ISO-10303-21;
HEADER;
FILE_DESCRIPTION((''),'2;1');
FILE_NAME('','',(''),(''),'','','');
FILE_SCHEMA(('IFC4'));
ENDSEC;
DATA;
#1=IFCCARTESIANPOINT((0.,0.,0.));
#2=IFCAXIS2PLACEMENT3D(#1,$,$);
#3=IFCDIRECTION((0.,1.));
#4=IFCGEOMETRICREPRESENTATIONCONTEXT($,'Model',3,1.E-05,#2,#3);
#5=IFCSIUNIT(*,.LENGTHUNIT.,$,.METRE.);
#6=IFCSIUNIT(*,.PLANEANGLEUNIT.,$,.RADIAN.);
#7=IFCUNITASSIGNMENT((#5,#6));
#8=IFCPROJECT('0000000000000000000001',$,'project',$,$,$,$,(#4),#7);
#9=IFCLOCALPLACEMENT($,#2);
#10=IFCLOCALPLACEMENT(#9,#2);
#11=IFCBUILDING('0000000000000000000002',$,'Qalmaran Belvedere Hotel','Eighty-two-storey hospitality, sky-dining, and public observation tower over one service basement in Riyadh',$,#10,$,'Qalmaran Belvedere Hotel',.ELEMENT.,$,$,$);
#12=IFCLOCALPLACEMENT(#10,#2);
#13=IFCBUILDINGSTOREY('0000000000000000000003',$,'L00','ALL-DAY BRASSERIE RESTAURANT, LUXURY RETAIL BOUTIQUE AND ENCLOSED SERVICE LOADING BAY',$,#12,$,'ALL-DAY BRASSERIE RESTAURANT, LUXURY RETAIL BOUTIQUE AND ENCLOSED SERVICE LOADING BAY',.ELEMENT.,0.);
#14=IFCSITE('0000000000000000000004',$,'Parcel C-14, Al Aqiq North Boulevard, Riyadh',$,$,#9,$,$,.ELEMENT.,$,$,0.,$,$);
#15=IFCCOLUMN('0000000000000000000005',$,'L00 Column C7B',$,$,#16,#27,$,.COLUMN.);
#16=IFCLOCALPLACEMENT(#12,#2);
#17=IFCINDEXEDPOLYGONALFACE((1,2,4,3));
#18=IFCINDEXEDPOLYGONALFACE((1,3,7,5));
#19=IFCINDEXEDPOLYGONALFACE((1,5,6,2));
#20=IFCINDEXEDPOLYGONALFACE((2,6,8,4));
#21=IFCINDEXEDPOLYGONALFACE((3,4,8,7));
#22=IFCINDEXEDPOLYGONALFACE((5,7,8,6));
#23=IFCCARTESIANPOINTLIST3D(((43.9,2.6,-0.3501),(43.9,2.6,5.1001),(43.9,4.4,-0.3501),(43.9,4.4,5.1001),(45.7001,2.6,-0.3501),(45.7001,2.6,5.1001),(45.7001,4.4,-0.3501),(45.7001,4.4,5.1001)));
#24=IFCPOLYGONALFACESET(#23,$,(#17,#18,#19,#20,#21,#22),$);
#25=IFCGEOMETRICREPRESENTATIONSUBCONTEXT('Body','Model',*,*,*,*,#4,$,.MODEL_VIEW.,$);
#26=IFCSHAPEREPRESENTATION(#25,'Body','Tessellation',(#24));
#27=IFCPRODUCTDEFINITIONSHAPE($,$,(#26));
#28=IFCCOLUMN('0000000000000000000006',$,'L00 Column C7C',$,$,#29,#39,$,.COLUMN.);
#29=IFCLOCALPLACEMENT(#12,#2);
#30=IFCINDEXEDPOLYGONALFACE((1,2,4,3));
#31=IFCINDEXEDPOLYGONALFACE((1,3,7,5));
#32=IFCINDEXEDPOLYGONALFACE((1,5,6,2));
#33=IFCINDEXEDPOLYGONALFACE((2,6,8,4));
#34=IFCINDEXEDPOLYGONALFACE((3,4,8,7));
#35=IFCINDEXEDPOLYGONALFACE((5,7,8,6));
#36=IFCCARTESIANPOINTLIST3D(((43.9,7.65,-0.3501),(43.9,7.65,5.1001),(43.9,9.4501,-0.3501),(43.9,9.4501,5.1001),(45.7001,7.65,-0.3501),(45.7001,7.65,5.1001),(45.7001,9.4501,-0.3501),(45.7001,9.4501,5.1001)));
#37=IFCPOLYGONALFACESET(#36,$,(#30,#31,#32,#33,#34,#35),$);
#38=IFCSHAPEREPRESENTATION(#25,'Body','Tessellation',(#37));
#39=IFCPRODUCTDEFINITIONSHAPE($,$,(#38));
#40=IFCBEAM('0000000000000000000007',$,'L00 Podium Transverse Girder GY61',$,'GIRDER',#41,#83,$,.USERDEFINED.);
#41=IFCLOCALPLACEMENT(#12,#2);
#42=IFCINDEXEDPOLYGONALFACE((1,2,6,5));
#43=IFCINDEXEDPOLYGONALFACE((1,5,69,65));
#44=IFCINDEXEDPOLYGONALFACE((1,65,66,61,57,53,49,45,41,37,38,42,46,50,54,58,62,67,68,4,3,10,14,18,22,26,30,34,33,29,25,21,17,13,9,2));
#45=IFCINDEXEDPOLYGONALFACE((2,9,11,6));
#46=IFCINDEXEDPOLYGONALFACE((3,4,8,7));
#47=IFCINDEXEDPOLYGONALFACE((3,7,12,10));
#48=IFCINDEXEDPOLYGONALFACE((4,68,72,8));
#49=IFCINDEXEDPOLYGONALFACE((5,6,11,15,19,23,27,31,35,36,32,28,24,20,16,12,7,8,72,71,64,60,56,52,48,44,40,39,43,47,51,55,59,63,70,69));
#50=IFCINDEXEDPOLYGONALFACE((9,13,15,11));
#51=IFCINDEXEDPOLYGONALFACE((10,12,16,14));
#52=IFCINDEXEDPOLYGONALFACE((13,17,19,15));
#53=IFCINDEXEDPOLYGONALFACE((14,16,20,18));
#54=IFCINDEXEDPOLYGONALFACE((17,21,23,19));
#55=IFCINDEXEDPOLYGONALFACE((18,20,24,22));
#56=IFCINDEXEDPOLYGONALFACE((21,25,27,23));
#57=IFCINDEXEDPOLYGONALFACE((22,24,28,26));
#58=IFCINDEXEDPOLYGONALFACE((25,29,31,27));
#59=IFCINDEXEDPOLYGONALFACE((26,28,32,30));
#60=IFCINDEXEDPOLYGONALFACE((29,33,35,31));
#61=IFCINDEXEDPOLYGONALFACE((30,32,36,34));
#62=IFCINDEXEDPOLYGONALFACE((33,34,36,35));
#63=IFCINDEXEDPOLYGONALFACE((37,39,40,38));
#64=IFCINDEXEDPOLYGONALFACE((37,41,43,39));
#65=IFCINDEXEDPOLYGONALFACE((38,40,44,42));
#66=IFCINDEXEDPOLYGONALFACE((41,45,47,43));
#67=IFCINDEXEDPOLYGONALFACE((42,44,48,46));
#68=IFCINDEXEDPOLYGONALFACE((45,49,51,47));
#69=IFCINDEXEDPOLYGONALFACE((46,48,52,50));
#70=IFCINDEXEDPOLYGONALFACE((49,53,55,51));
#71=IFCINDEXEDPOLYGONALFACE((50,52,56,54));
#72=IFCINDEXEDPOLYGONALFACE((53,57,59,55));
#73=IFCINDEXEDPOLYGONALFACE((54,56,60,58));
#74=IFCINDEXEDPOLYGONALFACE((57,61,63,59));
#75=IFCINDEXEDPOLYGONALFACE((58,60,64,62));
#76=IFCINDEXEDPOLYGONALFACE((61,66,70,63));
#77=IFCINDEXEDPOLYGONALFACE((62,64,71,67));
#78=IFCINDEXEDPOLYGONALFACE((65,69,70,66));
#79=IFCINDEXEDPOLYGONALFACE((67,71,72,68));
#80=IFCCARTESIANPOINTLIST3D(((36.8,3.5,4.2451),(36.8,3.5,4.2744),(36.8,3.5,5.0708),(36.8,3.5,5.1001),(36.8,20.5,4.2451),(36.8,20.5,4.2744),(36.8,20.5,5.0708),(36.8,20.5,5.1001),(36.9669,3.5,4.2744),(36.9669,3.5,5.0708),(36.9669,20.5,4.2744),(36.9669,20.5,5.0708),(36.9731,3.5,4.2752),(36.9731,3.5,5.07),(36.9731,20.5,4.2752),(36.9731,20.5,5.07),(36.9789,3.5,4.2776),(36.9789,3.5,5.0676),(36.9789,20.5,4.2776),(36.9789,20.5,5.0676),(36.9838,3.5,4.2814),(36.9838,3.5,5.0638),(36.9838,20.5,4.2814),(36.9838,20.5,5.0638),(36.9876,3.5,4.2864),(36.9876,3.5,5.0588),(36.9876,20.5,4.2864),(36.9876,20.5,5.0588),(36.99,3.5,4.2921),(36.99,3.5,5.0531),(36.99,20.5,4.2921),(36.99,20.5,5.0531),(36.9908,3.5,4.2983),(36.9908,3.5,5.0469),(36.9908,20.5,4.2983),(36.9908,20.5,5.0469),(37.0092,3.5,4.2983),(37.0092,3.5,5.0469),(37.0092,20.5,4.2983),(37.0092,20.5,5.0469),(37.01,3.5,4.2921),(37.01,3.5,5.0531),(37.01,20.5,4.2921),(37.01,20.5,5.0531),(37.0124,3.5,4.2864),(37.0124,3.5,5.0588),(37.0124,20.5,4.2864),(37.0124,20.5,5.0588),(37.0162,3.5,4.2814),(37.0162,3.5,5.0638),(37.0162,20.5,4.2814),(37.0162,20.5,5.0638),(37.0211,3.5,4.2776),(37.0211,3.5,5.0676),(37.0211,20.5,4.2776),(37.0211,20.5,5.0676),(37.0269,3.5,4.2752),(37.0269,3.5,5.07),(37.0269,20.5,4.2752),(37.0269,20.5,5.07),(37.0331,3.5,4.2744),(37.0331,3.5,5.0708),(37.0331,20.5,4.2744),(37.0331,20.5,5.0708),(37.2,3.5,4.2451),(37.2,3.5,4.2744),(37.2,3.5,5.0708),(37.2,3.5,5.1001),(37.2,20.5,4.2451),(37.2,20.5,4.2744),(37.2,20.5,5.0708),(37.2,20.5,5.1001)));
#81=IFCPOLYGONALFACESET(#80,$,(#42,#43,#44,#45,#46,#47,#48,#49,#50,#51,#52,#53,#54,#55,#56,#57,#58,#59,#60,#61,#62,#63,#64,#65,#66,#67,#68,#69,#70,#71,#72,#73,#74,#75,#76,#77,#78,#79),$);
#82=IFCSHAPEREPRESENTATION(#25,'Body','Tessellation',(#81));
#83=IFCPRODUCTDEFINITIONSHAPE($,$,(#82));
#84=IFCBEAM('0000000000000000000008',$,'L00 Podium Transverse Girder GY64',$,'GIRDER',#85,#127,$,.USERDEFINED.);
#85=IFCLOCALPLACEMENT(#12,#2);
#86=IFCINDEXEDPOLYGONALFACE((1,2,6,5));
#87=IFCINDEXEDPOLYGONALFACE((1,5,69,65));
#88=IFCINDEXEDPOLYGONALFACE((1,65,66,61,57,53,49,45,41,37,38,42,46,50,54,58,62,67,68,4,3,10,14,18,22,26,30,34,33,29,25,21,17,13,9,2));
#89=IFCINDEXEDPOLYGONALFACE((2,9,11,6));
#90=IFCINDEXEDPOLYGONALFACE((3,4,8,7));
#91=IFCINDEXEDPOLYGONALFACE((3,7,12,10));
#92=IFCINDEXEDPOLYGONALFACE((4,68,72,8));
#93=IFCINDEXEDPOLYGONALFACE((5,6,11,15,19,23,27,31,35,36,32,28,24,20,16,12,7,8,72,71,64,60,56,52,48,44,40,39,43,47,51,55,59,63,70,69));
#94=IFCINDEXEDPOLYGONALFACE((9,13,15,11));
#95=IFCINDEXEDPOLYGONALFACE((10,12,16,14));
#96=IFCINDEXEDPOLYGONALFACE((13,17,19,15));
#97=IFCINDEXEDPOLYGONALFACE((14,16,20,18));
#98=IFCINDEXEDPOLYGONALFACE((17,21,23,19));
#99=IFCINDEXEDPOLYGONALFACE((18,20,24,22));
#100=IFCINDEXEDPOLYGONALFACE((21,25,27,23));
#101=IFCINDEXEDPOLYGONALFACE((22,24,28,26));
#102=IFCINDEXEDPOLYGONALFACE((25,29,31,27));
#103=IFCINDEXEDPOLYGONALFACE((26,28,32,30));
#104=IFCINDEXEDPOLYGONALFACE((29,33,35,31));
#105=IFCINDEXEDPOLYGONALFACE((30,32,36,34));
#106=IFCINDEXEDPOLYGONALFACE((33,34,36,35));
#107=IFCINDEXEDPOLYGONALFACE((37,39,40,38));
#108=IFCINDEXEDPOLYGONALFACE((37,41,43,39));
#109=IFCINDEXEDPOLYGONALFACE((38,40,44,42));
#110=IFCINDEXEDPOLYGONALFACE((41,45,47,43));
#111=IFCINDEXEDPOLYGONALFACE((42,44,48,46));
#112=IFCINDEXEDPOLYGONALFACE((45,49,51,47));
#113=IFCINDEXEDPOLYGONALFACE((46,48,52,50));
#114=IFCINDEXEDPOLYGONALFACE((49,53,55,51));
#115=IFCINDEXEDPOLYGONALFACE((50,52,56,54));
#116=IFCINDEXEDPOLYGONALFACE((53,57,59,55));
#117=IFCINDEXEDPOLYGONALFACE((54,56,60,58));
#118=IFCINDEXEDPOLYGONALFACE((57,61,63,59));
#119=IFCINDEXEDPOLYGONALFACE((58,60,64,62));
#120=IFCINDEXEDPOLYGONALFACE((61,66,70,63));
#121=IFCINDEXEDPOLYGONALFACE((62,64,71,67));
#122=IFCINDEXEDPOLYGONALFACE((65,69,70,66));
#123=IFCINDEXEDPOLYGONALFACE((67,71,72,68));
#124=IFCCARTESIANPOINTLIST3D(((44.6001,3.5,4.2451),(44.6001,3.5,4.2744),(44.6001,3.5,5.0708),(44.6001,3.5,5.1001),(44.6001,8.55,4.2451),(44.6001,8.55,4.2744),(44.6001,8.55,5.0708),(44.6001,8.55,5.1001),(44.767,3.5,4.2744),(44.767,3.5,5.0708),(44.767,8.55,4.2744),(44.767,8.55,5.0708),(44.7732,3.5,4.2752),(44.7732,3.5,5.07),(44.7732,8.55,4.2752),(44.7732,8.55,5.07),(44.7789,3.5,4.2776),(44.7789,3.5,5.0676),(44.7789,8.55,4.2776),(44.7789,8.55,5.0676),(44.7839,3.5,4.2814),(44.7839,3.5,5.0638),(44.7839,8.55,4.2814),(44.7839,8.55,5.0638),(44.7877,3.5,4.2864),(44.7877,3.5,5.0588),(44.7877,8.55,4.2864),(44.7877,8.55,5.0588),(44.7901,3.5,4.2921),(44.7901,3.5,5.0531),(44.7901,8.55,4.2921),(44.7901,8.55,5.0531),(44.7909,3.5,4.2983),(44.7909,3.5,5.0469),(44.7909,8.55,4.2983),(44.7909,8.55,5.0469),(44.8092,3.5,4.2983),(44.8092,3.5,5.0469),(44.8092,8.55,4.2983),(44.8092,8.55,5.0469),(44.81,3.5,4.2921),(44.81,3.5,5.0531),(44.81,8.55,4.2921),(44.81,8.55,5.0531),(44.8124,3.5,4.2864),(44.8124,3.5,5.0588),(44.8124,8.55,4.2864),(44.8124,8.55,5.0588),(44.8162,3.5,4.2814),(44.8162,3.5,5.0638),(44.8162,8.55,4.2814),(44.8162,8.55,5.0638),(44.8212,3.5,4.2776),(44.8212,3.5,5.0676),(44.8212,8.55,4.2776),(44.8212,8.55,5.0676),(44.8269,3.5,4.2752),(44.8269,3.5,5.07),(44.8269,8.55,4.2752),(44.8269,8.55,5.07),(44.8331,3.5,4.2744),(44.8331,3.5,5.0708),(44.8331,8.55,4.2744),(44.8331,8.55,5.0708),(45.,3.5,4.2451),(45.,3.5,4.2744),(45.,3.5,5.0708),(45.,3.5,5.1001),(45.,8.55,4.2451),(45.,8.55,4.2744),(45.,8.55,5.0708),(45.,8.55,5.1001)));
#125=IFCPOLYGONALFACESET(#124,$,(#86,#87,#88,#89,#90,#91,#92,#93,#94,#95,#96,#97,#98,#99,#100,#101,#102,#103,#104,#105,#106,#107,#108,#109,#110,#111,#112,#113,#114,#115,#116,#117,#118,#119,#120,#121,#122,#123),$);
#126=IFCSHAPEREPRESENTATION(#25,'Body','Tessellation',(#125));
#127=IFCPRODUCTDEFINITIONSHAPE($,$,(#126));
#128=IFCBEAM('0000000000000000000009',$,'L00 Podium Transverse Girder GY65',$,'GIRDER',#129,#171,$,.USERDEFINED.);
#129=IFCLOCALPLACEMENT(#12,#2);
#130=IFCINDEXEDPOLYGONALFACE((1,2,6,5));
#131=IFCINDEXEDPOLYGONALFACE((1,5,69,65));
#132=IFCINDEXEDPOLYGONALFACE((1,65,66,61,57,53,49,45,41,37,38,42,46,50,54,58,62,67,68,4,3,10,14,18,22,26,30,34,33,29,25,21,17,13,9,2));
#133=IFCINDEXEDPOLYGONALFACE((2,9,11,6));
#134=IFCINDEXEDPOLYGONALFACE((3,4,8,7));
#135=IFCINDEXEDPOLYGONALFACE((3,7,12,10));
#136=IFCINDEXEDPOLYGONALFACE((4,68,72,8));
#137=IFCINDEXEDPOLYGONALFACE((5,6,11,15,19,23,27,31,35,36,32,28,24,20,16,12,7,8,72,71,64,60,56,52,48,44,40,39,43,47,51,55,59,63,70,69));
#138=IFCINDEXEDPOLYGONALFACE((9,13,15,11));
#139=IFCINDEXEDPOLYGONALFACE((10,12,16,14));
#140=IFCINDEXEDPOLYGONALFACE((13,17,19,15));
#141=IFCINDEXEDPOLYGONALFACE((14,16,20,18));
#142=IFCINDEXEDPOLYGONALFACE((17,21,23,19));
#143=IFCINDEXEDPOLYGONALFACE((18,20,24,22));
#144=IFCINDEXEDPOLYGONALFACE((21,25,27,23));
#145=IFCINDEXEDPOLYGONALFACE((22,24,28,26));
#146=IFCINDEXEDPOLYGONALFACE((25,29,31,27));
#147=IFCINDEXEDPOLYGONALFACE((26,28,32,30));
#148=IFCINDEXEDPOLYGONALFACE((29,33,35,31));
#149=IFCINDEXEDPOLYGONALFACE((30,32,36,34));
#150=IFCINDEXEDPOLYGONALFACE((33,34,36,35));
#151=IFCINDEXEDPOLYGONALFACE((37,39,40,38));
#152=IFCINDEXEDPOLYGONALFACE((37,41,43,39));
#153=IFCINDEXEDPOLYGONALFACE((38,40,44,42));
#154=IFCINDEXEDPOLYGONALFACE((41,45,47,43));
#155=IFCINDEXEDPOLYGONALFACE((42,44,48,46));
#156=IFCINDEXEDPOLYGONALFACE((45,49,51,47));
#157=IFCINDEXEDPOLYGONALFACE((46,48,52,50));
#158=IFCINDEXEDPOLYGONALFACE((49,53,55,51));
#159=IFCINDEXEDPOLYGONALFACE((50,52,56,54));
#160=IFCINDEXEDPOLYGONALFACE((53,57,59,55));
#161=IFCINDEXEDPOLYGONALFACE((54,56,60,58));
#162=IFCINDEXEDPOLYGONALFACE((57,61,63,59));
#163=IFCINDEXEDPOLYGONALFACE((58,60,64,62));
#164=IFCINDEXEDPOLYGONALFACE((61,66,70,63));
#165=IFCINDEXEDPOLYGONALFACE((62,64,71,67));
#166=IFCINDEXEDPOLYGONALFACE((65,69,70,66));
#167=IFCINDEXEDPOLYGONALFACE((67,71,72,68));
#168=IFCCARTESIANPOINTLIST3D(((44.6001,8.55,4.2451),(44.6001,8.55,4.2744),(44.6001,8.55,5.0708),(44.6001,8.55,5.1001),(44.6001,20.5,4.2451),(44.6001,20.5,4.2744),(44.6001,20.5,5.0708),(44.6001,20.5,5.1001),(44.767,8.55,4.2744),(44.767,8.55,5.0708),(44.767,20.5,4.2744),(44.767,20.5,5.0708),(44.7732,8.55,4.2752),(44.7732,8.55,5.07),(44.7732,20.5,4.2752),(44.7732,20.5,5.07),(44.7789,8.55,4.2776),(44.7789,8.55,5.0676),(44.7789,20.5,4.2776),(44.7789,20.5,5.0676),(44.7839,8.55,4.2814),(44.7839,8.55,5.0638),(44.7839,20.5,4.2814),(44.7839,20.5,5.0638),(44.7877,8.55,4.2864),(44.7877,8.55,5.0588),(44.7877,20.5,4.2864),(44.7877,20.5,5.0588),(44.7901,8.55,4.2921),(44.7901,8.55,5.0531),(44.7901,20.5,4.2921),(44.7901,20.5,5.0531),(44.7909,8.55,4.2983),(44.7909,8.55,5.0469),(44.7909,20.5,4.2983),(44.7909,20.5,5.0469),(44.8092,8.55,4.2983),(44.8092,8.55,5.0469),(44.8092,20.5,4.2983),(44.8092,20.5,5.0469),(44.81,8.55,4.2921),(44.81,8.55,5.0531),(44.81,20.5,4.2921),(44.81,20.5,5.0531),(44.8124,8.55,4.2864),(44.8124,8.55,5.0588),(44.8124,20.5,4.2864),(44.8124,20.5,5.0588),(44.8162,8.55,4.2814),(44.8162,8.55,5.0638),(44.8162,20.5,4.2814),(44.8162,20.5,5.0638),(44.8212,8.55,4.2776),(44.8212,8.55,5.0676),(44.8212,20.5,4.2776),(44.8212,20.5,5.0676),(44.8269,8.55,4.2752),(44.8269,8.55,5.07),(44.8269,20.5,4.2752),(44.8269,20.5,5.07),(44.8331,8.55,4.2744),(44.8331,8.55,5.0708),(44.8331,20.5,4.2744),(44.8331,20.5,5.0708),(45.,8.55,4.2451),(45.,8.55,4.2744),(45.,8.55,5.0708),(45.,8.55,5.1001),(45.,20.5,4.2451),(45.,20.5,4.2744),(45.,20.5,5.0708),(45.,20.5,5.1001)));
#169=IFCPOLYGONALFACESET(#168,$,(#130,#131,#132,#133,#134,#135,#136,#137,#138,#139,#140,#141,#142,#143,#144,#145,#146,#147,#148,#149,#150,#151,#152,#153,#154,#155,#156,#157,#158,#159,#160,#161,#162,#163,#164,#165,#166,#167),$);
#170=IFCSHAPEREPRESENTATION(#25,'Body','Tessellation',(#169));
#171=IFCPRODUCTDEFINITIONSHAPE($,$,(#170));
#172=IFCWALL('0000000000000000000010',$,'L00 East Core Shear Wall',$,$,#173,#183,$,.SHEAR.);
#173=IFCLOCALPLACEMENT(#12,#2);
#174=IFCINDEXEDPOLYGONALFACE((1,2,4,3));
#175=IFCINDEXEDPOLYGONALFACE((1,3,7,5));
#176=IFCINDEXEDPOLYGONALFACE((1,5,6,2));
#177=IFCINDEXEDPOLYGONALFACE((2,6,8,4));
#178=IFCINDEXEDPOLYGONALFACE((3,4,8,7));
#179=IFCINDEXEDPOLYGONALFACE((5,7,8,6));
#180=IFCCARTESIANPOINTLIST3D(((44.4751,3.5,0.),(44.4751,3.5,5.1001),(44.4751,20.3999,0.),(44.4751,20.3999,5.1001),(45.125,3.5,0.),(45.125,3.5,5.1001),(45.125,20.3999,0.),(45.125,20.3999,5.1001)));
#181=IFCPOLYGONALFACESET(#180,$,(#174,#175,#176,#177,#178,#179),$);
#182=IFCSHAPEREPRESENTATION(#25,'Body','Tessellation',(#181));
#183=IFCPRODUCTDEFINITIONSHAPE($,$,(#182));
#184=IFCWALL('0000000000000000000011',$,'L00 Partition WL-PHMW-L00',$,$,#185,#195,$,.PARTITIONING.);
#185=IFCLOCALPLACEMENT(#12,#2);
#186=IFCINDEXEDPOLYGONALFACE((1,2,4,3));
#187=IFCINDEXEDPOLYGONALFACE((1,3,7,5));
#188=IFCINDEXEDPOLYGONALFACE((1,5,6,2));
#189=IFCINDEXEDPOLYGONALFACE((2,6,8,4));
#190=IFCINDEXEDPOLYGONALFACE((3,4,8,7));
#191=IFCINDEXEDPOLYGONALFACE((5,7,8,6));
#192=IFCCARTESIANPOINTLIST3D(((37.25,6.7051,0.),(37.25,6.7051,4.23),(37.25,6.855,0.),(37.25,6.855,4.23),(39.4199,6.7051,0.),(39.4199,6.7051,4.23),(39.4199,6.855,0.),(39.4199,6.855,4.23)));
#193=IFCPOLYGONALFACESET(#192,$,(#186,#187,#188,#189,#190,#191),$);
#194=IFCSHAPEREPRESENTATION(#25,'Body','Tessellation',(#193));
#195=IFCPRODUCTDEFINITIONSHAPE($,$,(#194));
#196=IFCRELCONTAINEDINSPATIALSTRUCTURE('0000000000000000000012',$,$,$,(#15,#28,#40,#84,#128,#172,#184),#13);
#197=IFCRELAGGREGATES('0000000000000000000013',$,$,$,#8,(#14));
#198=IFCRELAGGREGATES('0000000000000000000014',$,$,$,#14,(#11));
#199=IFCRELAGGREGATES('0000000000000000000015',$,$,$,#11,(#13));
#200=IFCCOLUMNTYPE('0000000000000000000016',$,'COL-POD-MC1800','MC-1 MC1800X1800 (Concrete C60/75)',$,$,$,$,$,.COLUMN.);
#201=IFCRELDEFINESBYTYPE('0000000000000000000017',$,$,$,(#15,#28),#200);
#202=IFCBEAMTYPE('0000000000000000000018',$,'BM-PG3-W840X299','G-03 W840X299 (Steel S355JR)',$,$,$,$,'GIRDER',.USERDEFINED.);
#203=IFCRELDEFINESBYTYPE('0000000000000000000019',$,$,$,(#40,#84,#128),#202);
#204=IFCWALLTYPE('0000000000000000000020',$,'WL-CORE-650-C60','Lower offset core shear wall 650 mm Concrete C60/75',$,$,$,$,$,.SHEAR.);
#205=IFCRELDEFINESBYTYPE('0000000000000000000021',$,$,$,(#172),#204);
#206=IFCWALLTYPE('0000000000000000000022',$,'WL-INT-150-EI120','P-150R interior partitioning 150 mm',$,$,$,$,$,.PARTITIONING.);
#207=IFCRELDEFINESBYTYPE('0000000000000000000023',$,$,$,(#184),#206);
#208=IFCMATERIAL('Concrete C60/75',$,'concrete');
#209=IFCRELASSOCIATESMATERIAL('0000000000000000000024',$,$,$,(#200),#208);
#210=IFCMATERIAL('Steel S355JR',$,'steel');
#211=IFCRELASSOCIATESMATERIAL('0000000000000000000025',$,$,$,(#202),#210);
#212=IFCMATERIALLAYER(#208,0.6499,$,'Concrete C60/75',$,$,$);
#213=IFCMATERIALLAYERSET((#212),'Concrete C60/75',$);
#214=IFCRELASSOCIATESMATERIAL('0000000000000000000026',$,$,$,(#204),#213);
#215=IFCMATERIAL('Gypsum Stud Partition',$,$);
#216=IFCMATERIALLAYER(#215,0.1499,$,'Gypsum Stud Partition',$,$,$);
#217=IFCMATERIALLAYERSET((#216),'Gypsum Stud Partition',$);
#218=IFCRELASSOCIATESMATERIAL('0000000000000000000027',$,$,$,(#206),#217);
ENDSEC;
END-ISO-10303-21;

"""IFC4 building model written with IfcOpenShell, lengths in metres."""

from ifc_helpers import new_model, si_unit, direction, frame, frame_2d, origin, origin_2d, place, context, subcontext, project, spatial, rectangle, i_section, extrude, material, layer, layer_set, material_profile, profile_set, type_object, element, save


model = new_model("IFC4")

# Units and contexts
model_context = context("Model", 3, precision=1e-05, world=origin(), true_north=direction((0.0, 1.0)))
body_context = subcontext(model_context, "Body", "Model", "MODEL_VIEW")
ifc_project = project(units=[si_unit("LENGTHUNIT", "METRE"), si_unit("PLANEANGLEUNIT", "RADIAN")], contexts=[model_context])

# Site, building, storey
site_placement = place(None, origin())
site = spatial("IfcSite", under=ifc_project, at=site_placement, Name="Parcel C-14, Al Aqiq North Boulevard, Riyadh", CompositionType="ELEMENT", RefElevation=0.0)
building_placement = place(site_placement, origin())
building = spatial("IfcBuilding", under=site, at=building_placement, Name="Qalmaran Belvedere Hotel", Description="Eighty-two-storey hospitality, sky-dining, and public observation tower over one service basement in Riyadh", LongName="Qalmaran Belvedere Hotel", CompositionType="ELEMENT")
storey_placement = place(building_placement, origin())
storey = spatial("IfcBuildingStorey", under=building, at=storey_placement, Name="L00", Description="ALL-DAY BRASSERIE RESTAURANT, LUXURY RETAIL BOUTIQUE AND ENCLOSED SERVICE LOADING BAY", LongName="ALL-DAY BRASSERIE RESTAURANT, LUXURY RETAIL BOUTIQUE AND ENCLOSED SERVICE LOADING BAY", CompositionType="ELEMENT", Elevation=0.0)

# Columns
ifc_material_1 = material(Name="Concrete C60/75", Category="concrete")
ifc_material_profile_1 = material_profile(ifc_material_1, rectangle(XDim=1.8, YDim=1.8, at=origin_2d()), Name="MC1800X1800")
ifc_profile_set_1 = profile_set([ifc_material_profile_1], Name="Concrete C60/75")
column_type = type_object("IfcColumnType", Name="COL-POD-MC1800", Description="MC-1 MC1800X1800 (Concrete C60/75)", PredefinedType="COLUMN", material=ifc_profile_set_1)
for number, where, z_axis, x_axis, name in (
    (1, (44.8, 3.5, -0.3501), (0.0, 0.0, 1.0), (1.0, 0.0, 0.0), "L00 Column C7B"),
    (2, (44.8, 8.55, -0.3501), (0.0, 0.0, 1.0), (1.0, 0.0, 0.0), "L00 Column C7C"),
):
    element("IfcColumn", number, at=place(storey_placement, frame(where, z_axis=z_axis, x_axis=x_axis)), inside=storey, type_object=column_type, Name=name, PredefinedType="COLUMN", context=body_context, shape_type="SweptSolid", body=[
        extrude(rectangle(XDim=1.8, YDim=1.8, at=origin_2d()), origin(), (0.0, 0.0, 1.0), 5.4502),
    ])

# Beams
ifc_material_2 = material(Name="Steel S355JR", Category="steel")
ifc_material_profile_2 = material_profile(ifc_material_2, i_section(OverallWidth=0.3999, OverallDepth=0.855, WebThickness=0.0183, FlangeThickness=0.0293, FilletRadius=0.0239, at=origin_2d()), Name="W840X299")
ifc_profile_set_2 = profile_set([ifc_material_profile_2], Name="Steel S355JR")
beam_type = type_object("IfcBeamType", Name="BM-PG3-W840X299", Description="G-03 W840X299 (Steel S355JR)", ElementType="GIRDER", PredefinedType="USERDEFINED", material=ifc_profile_set_2)
beam_1_placement = place(storey_placement, frame((37.0, 3.5, 4.6726), z_axis=(0.0, 1.0, 0.0), x_axis=(-1.0, 0.0, 0.0)))
element("IfcBeam", 3, at=beam_1_placement, inside=storey, type_object=beam_type, Name="L00 Podium Transverse Girder GY61", ObjectType="GIRDER", PredefinedType="USERDEFINED", context=body_context, shape_type="SweptSolid", body=[
    extrude(i_section(OverallWidth=0.3999, OverallDepth=0.855, WebThickness=0.0183, FlangeThickness=0.0293, FilletRadius=0.0239, at=origin_2d()), origin(), (0.0, 0.0, 1.0), 17.0),
])
beam_2_placement = place(storey_placement, frame((44.8, 3.5, 4.6726), z_axis=(0.0, 1.0, 0.0), x_axis=(-1.0, 0.0, 0.0)))
element("IfcBeam", 4, at=beam_2_placement, inside=storey, type_object=beam_type, Name="L00 Podium Transverse Girder GY64", ObjectType="GIRDER", PredefinedType="USERDEFINED", context=body_context, shape_type="SweptSolid", body=[
    extrude(i_section(OverallWidth=0.3999, OverallDepth=0.855, WebThickness=0.0183, FlangeThickness=0.0293, FilletRadius=0.0239, at=origin_2d()), origin(), (0.0, 0.0, 1.0), 5.05),
])
beam_3_placement = place(storey_placement, frame((44.8, 8.55, 4.6726), z_axis=(0.0, 1.0, 0.0), x_axis=(-1.0, 0.0, 0.0)))
element("IfcBeam", 5, at=beam_3_placement, inside=storey, type_object=beam_type, Name="L00 Podium Transverse Girder GY65", ObjectType="GIRDER", PredefinedType="USERDEFINED", context=body_context, shape_type="SweptSolid", body=[
    extrude(i_section(OverallWidth=0.3999, OverallDepth=0.855, WebThickness=0.0183, FlangeThickness=0.0293, FilletRadius=0.0239, at=origin_2d()), origin(), (0.0, 0.0, 1.0), 11.95),
])

# Walls
ifc_layer_1 = layer(ifc_material_1, 0.6499, Name="Concrete C60/75")
ifc_layer_set_1 = layer_set([ifc_layer_1], Name="Concrete C60/75")
wall_type_1 = type_object("IfcWallType", Name="WL-CORE-650-C60", Description="Lower offset core shear wall 650 mm Concrete C60/75", PredefinedType="SHEAR", material=ifc_layer_set_1)
wall_1_placement = place(storey_placement, frame((44.8, 3.5, 0.0), z_axis=(0.0, 0.0, 1.0), x_axis=(0.0, 1.0, 0.0)))
element("IfcWall", 6, at=wall_1_placement, inside=storey, type_object=wall_type_1, Name="L00 East Core Shear Wall", PredefinedType="SHEAR", context=body_context, shape_type="SweptSolid", body=[
    extrude(rectangle(XDim=16.8999, YDim=0.6499, at=frame_2d((8.45, 0.0))), origin(), (0.0, 0.0, 1.0), 5.1001),
])
ifc_material_3 = material(Name="Gypsum Stud Partition")
ifc_layer_2 = layer(ifc_material_3, 0.1499, Name="Gypsum Stud Partition")
ifc_layer_set_2 = layer_set([ifc_layer_2], Name="Gypsum Stud Partition")
wall_type_2 = type_object("IfcWallType", Name="WL-INT-150-EI120", Description="P-150R interior partitioning 150 mm", PredefinedType="PARTITIONING", material=ifc_layer_set_2)
wall_2_placement = place(storey_placement, frame((37.25, 6.78, 0.0), z_axis=(0.0, 0.0, 1.0), x_axis=(1.0, 0.0, 0.0)))
element("IfcWall", 7, at=wall_2_placement, inside=storey, type_object=wall_type_2, Name="L00 Partition WL-PHMW-L00", PredefinedType="PARTITIONING", context=body_context, shape_type="SweptSolid", body=[
    extrude(rectangle(XDim=2.1699, YDim=0.1499, at=frame_2d((1.085, 0.0))), origin(), (0.0, 0.0, 1.0), 4.23),
])

save(model, "model.ifc")
